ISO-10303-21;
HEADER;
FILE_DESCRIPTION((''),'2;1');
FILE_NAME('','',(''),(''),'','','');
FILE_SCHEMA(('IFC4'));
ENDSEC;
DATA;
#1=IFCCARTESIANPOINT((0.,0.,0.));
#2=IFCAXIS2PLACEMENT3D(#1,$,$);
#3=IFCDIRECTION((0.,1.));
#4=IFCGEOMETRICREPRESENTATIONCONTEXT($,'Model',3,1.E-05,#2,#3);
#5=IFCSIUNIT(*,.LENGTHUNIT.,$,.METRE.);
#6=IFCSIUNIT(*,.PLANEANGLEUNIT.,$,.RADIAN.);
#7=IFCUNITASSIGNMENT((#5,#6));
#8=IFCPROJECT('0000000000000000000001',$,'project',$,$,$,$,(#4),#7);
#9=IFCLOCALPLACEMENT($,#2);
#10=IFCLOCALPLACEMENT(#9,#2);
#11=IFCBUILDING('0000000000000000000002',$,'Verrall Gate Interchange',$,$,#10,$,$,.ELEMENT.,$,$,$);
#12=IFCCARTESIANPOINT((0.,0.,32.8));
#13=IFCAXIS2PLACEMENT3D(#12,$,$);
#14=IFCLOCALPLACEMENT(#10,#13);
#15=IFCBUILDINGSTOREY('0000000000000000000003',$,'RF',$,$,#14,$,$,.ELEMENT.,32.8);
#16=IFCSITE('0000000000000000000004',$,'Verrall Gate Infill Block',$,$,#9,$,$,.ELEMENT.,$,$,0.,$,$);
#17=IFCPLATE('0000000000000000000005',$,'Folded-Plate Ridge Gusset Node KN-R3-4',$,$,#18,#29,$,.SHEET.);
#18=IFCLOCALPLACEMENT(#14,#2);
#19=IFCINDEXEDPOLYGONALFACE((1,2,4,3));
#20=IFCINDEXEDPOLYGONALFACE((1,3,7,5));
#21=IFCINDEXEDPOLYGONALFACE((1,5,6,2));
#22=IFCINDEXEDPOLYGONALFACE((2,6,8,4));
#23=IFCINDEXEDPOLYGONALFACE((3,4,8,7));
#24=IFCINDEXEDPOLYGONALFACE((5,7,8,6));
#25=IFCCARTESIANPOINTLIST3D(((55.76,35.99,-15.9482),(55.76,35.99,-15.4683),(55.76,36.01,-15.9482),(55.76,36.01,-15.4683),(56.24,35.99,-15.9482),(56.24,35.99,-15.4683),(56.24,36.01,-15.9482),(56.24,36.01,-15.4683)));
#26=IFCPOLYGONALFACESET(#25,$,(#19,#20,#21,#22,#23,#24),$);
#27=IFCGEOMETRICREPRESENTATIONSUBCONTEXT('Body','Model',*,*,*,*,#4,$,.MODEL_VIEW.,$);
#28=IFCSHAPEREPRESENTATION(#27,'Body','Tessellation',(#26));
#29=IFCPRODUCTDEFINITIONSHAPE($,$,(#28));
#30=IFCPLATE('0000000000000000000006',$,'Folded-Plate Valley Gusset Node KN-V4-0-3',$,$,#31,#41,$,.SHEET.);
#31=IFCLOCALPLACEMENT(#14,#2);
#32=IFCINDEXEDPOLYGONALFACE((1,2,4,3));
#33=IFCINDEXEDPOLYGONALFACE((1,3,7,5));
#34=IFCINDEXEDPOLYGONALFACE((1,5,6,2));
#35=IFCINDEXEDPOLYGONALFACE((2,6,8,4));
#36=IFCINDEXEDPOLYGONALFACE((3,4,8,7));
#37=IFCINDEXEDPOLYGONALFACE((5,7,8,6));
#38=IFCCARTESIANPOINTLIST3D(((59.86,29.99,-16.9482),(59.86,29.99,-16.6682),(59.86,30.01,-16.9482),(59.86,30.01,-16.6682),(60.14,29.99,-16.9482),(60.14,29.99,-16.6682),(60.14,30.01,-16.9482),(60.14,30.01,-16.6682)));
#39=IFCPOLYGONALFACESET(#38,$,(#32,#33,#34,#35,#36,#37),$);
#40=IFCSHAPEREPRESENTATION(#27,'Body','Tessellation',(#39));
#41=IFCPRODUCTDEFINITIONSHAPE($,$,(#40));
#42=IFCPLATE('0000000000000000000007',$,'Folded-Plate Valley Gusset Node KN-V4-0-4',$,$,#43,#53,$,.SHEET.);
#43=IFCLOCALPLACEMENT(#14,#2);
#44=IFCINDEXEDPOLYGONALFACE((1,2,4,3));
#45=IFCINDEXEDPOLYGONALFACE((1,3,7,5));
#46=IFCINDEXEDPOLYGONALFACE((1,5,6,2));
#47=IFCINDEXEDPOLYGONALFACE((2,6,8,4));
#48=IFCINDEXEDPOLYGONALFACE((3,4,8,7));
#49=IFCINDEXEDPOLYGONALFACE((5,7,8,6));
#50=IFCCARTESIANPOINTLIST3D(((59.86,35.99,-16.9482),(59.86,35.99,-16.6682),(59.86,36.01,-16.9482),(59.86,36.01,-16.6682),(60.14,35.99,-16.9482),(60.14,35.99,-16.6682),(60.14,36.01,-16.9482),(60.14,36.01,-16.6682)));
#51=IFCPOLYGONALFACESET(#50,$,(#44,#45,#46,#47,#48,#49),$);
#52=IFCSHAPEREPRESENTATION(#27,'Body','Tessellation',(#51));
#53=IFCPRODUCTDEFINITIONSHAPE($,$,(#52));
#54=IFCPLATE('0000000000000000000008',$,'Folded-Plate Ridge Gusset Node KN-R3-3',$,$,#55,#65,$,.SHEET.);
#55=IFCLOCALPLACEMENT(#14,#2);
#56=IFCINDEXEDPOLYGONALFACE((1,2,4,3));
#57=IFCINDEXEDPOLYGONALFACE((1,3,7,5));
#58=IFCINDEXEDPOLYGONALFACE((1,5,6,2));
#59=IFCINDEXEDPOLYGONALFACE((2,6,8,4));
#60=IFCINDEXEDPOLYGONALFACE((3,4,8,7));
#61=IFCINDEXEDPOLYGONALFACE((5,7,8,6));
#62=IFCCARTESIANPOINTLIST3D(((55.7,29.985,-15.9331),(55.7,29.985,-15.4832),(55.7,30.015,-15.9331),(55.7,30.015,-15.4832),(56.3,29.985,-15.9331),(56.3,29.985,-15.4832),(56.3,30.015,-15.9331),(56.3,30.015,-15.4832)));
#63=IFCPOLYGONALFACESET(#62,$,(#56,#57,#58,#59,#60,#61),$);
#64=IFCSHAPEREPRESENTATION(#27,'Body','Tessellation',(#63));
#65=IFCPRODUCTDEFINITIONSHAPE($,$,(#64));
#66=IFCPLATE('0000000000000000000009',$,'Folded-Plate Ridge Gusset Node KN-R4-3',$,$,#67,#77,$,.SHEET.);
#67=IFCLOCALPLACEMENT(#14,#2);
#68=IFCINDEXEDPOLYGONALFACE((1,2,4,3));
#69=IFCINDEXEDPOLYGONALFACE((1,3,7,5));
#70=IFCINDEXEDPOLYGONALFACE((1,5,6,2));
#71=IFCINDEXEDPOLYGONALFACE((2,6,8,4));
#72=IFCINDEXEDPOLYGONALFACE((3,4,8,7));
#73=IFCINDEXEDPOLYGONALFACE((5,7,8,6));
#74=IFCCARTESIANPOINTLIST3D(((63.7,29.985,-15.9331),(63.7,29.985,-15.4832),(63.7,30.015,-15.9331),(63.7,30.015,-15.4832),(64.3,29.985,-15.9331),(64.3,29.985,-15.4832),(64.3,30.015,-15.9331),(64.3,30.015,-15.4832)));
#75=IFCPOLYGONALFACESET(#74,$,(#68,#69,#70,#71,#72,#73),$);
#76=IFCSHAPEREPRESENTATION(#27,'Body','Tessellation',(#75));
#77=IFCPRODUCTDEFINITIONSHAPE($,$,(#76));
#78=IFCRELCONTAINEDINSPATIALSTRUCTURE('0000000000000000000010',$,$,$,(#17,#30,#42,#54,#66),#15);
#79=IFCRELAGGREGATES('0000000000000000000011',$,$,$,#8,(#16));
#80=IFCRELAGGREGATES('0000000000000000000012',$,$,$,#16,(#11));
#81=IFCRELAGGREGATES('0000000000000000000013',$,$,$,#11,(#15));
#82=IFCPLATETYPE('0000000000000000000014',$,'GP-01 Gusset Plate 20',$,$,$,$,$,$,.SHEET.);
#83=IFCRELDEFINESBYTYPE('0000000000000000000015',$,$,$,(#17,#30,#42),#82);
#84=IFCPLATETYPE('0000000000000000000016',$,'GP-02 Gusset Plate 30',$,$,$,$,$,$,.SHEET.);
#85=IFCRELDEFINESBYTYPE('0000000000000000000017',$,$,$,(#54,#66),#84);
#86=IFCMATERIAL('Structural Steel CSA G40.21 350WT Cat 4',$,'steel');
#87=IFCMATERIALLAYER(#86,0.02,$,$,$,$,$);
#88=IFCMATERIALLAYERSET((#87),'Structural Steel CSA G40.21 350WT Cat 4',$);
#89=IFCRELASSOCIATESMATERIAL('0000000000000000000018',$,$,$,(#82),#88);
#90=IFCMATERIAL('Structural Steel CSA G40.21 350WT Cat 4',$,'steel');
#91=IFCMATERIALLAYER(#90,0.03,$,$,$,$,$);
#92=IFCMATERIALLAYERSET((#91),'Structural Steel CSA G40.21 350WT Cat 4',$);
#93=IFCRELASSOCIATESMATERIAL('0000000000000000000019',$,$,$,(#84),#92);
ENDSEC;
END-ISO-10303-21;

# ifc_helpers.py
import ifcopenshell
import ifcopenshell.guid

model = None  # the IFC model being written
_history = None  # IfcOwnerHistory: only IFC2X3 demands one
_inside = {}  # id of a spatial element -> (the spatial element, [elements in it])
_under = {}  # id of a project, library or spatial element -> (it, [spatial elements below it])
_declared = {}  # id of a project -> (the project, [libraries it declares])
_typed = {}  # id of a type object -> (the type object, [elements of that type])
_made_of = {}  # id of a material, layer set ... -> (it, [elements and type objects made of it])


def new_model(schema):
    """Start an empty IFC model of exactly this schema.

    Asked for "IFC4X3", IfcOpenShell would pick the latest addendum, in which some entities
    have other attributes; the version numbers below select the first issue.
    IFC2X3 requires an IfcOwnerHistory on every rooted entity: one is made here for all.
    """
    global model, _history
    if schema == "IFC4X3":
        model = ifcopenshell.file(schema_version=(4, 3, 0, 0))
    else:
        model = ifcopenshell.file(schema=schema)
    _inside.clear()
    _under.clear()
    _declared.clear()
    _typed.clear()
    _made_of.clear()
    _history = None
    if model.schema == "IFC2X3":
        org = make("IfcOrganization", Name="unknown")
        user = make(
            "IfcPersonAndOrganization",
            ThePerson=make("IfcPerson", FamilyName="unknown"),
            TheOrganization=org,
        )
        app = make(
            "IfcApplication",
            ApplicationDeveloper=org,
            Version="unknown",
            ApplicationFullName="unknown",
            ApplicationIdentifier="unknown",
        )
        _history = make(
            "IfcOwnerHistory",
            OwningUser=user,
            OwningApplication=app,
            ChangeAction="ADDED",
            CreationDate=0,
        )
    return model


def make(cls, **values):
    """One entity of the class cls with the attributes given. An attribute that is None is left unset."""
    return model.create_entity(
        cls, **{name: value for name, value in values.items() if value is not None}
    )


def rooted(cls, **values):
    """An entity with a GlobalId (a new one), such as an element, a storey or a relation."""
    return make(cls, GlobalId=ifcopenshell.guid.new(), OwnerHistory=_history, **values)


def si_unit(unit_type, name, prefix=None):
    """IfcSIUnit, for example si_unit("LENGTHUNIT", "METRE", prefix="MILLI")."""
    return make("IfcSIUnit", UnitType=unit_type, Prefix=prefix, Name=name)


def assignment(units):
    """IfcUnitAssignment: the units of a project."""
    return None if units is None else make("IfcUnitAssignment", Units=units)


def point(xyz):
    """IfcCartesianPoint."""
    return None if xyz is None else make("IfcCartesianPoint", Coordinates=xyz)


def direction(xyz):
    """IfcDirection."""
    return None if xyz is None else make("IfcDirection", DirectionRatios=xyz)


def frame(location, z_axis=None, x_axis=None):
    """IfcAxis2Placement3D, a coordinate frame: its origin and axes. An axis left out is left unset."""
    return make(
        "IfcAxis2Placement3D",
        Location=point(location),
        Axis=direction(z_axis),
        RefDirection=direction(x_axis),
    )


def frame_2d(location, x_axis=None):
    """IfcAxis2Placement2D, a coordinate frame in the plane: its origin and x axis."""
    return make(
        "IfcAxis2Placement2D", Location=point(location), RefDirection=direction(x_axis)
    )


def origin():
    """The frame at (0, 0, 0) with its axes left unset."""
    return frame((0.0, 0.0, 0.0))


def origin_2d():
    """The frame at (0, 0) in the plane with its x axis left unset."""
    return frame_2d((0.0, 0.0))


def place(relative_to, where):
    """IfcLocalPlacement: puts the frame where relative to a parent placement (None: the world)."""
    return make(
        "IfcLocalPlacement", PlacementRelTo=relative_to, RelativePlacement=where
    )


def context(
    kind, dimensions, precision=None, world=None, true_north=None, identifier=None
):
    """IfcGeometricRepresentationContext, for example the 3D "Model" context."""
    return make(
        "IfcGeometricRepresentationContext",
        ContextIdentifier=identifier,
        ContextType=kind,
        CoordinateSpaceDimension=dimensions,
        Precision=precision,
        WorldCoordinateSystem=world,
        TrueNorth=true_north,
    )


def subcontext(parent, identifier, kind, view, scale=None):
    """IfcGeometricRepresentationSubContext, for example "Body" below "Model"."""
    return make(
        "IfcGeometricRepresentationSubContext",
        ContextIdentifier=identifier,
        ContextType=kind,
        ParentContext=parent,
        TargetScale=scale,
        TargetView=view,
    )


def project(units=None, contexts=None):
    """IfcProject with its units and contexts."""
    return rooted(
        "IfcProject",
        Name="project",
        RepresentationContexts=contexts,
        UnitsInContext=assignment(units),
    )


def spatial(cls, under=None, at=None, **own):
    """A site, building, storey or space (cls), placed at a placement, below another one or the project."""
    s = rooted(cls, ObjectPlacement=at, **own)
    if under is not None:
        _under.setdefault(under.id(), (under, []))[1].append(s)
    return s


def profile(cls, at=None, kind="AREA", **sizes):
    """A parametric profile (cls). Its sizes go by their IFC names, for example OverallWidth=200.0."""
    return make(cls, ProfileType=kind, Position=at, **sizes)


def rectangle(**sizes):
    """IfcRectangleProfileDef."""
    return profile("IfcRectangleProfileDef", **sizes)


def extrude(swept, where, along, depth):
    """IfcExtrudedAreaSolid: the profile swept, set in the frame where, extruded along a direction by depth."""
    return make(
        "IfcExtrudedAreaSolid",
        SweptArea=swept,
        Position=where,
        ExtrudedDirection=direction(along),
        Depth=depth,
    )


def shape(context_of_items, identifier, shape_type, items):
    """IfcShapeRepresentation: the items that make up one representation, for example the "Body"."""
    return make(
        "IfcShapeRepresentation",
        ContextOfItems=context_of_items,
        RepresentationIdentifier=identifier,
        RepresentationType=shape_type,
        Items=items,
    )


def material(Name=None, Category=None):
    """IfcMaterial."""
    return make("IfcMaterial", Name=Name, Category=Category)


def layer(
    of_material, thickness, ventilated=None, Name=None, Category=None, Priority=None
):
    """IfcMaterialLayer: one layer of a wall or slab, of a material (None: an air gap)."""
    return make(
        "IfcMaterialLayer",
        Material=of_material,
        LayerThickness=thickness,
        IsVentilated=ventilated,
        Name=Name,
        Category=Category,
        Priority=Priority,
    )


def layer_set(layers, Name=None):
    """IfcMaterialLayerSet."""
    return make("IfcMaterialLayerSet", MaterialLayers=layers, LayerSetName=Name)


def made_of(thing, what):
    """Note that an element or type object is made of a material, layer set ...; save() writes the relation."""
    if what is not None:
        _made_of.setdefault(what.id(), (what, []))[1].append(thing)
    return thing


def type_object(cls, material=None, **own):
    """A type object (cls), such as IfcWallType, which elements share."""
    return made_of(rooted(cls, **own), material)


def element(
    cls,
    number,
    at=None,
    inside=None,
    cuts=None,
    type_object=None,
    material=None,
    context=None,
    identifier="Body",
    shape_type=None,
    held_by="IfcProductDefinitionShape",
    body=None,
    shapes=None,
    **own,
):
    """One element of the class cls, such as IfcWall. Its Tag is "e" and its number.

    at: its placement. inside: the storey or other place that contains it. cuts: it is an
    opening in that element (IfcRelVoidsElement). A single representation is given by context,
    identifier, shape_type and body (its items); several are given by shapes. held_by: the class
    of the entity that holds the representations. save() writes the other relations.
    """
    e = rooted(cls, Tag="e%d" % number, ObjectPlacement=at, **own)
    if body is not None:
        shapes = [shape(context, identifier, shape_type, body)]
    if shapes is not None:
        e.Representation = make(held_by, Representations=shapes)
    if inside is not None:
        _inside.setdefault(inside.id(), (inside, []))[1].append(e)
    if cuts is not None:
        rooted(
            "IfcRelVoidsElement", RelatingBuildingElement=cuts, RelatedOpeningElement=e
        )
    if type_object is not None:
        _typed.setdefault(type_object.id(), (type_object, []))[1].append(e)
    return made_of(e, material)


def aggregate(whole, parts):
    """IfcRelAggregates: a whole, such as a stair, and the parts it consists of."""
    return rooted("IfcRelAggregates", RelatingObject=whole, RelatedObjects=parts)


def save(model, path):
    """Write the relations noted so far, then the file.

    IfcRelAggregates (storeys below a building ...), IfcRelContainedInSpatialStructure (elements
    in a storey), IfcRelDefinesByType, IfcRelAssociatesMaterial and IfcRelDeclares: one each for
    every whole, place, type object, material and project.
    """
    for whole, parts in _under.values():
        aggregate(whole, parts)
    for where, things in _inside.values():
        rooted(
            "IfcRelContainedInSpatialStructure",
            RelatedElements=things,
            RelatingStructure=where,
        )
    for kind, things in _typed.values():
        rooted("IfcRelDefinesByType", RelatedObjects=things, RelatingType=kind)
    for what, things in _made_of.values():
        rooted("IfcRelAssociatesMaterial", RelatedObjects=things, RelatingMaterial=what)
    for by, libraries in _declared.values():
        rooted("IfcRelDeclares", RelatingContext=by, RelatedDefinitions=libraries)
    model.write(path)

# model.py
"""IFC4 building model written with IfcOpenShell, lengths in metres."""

from ifc_helpers import new_model, si_unit, direction, frame, origin, origin_2d, place, context, subcontext, project, spatial, rectangle, extrude, material, layer, layer_set, type_object, element, save


model = new_model("IFC4")

# Units and contexts
model_context = context("Model", 3, precision=1e-05, world=origin(), true_north=direction((0.0, 1.0)))
body_context = subcontext(model_context, "Body", "Model", "MODEL_VIEW")
ifc_project = project(units=[si_unit("LENGTHUNIT", "METRE"), si_unit("PLANEANGLEUNIT", "RADIAN")], contexts=[model_context])

# Site, building, storey
site_placement = place(None, origin())
site = spatial("IfcSite", under=ifc_project, at=site_placement, Name="Verrall Gate Infill Block", CompositionType="ELEMENT", RefElevation=0.0)
building_placement = place(site_placement, origin())
building = spatial("IfcBuilding", under=site, at=building_placement, Name="Verrall Gate Interchange", CompositionType="ELEMENT")
storey_placement = place(building_placement, frame((0.0, 0.0, 32.8)))
storey = spatial("IfcBuildingStorey", under=building, at=storey_placement, Name="RF", CompositionType="ELEMENT", Elevation=32.8)

# Plates
ifc_material_1 = material(Name="Structural Steel CSA G40.21 350WT Cat 4", Category="steel")
ifc_layer_1 = layer(ifc_material_1, 0.02)
ifc_layer_set_1 = layer_set([ifc_layer_1], Name="Structural Steel CSA G40.21 350WT Cat 4")
plate_type_1 = type_object("IfcPlateType", Name="GP-01 Gusset Plate 20", PredefinedType="SHEET", material=ifc_layer_set_1)
plate_placement = place(storey_placement, frame((56.0, 36.0, -15.9482), z_axis=(0.0, 0.0, 1.0), x_axis=(1.0, 0.0, 0.0)))
element("IfcPlate", 1, at=plate_placement, inside=storey, type_object=plate_type_1, Name="Folded-Plate Ridge Gusset Node KN-R3-4", PredefinedType="SHEET", context=body_context, shape_type="SweptSolid", body=[
    extrude(rectangle(XDim=0.48, YDim=0.02, at=origin_2d()), origin(), (0.0, 0.0, 1.0), 0.48),
])
for number, where, z_axis, x_axis, name in (
    (2, (60.0, 30.0, -16.9482), (0.0, 0.0, 1.0), (1.0, 0.0, 0.0), "Folded-Plate Valley Gusset Node KN-V4-0-3"),
    (3, (60.0, 36.0, -16.9482), (0.0, 0.0, 1.0), (1.0, 0.0, 0.0), "Folded-Plate Valley Gusset Node KN-V4-0-4"),
):
    element("IfcPlate", number, at=place(storey_placement, frame(where, z_axis=z_axis, x_axis=x_axis)), inside=storey, type_object=plate_type_1, Name=name, PredefinedType="SHEET", context=body_context, shape_type="SweptSolid", body=[
        extrude(rectangle(XDim=0.28, YDim=0.02, at=origin_2d()), origin(), (0.0, 0.0, 1.0), 0.28),
    ])
ifc_material_2 = material(Name="Structural Steel CSA G40.21 350WT Cat 4", Category="steel")
ifc_layer_2 = layer(ifc_material_2, 0.03)
ifc_layer_set_2 = layer_set([ifc_layer_2], Name="Structural Steel CSA G40.21 350WT Cat 4")
plate_type_2 = type_object("IfcPlateType", Name="GP-02 Gusset Plate 30", PredefinedType="SHEET", material=ifc_layer_set_2)
for number, where, z_axis, x_axis, name in (
    (4, (56.0, 30.0, -15.9331), (0.0, 0.0, 1.0), (1.0, 0.0, 0.0), "Folded-Plate Ridge Gusset Node KN-R3-3"),
    (5, (64.0, 30.0, -15.9331), (0.0, 0.0, 1.0), (1.0, 0.0, 0.0), "Folded-Plate Ridge Gusset Node KN-R4-3"),
):
    element("IfcPlate", number, at=place(storey_placement, frame(where, z_axis=z_axis, x_axis=x_axis)), inside=storey, type_object=plate_type_2, Name=name, PredefinedType="SHEET", context=body_context, shape_type="SweptSolid", body=[
        extrude(rectangle(XDim=0.6001, YDim=0.03, at=origin_2d()), origin(), (0.0, 0.0, 1.0), 0.45),
    ])

save(model, "model.ifc")
